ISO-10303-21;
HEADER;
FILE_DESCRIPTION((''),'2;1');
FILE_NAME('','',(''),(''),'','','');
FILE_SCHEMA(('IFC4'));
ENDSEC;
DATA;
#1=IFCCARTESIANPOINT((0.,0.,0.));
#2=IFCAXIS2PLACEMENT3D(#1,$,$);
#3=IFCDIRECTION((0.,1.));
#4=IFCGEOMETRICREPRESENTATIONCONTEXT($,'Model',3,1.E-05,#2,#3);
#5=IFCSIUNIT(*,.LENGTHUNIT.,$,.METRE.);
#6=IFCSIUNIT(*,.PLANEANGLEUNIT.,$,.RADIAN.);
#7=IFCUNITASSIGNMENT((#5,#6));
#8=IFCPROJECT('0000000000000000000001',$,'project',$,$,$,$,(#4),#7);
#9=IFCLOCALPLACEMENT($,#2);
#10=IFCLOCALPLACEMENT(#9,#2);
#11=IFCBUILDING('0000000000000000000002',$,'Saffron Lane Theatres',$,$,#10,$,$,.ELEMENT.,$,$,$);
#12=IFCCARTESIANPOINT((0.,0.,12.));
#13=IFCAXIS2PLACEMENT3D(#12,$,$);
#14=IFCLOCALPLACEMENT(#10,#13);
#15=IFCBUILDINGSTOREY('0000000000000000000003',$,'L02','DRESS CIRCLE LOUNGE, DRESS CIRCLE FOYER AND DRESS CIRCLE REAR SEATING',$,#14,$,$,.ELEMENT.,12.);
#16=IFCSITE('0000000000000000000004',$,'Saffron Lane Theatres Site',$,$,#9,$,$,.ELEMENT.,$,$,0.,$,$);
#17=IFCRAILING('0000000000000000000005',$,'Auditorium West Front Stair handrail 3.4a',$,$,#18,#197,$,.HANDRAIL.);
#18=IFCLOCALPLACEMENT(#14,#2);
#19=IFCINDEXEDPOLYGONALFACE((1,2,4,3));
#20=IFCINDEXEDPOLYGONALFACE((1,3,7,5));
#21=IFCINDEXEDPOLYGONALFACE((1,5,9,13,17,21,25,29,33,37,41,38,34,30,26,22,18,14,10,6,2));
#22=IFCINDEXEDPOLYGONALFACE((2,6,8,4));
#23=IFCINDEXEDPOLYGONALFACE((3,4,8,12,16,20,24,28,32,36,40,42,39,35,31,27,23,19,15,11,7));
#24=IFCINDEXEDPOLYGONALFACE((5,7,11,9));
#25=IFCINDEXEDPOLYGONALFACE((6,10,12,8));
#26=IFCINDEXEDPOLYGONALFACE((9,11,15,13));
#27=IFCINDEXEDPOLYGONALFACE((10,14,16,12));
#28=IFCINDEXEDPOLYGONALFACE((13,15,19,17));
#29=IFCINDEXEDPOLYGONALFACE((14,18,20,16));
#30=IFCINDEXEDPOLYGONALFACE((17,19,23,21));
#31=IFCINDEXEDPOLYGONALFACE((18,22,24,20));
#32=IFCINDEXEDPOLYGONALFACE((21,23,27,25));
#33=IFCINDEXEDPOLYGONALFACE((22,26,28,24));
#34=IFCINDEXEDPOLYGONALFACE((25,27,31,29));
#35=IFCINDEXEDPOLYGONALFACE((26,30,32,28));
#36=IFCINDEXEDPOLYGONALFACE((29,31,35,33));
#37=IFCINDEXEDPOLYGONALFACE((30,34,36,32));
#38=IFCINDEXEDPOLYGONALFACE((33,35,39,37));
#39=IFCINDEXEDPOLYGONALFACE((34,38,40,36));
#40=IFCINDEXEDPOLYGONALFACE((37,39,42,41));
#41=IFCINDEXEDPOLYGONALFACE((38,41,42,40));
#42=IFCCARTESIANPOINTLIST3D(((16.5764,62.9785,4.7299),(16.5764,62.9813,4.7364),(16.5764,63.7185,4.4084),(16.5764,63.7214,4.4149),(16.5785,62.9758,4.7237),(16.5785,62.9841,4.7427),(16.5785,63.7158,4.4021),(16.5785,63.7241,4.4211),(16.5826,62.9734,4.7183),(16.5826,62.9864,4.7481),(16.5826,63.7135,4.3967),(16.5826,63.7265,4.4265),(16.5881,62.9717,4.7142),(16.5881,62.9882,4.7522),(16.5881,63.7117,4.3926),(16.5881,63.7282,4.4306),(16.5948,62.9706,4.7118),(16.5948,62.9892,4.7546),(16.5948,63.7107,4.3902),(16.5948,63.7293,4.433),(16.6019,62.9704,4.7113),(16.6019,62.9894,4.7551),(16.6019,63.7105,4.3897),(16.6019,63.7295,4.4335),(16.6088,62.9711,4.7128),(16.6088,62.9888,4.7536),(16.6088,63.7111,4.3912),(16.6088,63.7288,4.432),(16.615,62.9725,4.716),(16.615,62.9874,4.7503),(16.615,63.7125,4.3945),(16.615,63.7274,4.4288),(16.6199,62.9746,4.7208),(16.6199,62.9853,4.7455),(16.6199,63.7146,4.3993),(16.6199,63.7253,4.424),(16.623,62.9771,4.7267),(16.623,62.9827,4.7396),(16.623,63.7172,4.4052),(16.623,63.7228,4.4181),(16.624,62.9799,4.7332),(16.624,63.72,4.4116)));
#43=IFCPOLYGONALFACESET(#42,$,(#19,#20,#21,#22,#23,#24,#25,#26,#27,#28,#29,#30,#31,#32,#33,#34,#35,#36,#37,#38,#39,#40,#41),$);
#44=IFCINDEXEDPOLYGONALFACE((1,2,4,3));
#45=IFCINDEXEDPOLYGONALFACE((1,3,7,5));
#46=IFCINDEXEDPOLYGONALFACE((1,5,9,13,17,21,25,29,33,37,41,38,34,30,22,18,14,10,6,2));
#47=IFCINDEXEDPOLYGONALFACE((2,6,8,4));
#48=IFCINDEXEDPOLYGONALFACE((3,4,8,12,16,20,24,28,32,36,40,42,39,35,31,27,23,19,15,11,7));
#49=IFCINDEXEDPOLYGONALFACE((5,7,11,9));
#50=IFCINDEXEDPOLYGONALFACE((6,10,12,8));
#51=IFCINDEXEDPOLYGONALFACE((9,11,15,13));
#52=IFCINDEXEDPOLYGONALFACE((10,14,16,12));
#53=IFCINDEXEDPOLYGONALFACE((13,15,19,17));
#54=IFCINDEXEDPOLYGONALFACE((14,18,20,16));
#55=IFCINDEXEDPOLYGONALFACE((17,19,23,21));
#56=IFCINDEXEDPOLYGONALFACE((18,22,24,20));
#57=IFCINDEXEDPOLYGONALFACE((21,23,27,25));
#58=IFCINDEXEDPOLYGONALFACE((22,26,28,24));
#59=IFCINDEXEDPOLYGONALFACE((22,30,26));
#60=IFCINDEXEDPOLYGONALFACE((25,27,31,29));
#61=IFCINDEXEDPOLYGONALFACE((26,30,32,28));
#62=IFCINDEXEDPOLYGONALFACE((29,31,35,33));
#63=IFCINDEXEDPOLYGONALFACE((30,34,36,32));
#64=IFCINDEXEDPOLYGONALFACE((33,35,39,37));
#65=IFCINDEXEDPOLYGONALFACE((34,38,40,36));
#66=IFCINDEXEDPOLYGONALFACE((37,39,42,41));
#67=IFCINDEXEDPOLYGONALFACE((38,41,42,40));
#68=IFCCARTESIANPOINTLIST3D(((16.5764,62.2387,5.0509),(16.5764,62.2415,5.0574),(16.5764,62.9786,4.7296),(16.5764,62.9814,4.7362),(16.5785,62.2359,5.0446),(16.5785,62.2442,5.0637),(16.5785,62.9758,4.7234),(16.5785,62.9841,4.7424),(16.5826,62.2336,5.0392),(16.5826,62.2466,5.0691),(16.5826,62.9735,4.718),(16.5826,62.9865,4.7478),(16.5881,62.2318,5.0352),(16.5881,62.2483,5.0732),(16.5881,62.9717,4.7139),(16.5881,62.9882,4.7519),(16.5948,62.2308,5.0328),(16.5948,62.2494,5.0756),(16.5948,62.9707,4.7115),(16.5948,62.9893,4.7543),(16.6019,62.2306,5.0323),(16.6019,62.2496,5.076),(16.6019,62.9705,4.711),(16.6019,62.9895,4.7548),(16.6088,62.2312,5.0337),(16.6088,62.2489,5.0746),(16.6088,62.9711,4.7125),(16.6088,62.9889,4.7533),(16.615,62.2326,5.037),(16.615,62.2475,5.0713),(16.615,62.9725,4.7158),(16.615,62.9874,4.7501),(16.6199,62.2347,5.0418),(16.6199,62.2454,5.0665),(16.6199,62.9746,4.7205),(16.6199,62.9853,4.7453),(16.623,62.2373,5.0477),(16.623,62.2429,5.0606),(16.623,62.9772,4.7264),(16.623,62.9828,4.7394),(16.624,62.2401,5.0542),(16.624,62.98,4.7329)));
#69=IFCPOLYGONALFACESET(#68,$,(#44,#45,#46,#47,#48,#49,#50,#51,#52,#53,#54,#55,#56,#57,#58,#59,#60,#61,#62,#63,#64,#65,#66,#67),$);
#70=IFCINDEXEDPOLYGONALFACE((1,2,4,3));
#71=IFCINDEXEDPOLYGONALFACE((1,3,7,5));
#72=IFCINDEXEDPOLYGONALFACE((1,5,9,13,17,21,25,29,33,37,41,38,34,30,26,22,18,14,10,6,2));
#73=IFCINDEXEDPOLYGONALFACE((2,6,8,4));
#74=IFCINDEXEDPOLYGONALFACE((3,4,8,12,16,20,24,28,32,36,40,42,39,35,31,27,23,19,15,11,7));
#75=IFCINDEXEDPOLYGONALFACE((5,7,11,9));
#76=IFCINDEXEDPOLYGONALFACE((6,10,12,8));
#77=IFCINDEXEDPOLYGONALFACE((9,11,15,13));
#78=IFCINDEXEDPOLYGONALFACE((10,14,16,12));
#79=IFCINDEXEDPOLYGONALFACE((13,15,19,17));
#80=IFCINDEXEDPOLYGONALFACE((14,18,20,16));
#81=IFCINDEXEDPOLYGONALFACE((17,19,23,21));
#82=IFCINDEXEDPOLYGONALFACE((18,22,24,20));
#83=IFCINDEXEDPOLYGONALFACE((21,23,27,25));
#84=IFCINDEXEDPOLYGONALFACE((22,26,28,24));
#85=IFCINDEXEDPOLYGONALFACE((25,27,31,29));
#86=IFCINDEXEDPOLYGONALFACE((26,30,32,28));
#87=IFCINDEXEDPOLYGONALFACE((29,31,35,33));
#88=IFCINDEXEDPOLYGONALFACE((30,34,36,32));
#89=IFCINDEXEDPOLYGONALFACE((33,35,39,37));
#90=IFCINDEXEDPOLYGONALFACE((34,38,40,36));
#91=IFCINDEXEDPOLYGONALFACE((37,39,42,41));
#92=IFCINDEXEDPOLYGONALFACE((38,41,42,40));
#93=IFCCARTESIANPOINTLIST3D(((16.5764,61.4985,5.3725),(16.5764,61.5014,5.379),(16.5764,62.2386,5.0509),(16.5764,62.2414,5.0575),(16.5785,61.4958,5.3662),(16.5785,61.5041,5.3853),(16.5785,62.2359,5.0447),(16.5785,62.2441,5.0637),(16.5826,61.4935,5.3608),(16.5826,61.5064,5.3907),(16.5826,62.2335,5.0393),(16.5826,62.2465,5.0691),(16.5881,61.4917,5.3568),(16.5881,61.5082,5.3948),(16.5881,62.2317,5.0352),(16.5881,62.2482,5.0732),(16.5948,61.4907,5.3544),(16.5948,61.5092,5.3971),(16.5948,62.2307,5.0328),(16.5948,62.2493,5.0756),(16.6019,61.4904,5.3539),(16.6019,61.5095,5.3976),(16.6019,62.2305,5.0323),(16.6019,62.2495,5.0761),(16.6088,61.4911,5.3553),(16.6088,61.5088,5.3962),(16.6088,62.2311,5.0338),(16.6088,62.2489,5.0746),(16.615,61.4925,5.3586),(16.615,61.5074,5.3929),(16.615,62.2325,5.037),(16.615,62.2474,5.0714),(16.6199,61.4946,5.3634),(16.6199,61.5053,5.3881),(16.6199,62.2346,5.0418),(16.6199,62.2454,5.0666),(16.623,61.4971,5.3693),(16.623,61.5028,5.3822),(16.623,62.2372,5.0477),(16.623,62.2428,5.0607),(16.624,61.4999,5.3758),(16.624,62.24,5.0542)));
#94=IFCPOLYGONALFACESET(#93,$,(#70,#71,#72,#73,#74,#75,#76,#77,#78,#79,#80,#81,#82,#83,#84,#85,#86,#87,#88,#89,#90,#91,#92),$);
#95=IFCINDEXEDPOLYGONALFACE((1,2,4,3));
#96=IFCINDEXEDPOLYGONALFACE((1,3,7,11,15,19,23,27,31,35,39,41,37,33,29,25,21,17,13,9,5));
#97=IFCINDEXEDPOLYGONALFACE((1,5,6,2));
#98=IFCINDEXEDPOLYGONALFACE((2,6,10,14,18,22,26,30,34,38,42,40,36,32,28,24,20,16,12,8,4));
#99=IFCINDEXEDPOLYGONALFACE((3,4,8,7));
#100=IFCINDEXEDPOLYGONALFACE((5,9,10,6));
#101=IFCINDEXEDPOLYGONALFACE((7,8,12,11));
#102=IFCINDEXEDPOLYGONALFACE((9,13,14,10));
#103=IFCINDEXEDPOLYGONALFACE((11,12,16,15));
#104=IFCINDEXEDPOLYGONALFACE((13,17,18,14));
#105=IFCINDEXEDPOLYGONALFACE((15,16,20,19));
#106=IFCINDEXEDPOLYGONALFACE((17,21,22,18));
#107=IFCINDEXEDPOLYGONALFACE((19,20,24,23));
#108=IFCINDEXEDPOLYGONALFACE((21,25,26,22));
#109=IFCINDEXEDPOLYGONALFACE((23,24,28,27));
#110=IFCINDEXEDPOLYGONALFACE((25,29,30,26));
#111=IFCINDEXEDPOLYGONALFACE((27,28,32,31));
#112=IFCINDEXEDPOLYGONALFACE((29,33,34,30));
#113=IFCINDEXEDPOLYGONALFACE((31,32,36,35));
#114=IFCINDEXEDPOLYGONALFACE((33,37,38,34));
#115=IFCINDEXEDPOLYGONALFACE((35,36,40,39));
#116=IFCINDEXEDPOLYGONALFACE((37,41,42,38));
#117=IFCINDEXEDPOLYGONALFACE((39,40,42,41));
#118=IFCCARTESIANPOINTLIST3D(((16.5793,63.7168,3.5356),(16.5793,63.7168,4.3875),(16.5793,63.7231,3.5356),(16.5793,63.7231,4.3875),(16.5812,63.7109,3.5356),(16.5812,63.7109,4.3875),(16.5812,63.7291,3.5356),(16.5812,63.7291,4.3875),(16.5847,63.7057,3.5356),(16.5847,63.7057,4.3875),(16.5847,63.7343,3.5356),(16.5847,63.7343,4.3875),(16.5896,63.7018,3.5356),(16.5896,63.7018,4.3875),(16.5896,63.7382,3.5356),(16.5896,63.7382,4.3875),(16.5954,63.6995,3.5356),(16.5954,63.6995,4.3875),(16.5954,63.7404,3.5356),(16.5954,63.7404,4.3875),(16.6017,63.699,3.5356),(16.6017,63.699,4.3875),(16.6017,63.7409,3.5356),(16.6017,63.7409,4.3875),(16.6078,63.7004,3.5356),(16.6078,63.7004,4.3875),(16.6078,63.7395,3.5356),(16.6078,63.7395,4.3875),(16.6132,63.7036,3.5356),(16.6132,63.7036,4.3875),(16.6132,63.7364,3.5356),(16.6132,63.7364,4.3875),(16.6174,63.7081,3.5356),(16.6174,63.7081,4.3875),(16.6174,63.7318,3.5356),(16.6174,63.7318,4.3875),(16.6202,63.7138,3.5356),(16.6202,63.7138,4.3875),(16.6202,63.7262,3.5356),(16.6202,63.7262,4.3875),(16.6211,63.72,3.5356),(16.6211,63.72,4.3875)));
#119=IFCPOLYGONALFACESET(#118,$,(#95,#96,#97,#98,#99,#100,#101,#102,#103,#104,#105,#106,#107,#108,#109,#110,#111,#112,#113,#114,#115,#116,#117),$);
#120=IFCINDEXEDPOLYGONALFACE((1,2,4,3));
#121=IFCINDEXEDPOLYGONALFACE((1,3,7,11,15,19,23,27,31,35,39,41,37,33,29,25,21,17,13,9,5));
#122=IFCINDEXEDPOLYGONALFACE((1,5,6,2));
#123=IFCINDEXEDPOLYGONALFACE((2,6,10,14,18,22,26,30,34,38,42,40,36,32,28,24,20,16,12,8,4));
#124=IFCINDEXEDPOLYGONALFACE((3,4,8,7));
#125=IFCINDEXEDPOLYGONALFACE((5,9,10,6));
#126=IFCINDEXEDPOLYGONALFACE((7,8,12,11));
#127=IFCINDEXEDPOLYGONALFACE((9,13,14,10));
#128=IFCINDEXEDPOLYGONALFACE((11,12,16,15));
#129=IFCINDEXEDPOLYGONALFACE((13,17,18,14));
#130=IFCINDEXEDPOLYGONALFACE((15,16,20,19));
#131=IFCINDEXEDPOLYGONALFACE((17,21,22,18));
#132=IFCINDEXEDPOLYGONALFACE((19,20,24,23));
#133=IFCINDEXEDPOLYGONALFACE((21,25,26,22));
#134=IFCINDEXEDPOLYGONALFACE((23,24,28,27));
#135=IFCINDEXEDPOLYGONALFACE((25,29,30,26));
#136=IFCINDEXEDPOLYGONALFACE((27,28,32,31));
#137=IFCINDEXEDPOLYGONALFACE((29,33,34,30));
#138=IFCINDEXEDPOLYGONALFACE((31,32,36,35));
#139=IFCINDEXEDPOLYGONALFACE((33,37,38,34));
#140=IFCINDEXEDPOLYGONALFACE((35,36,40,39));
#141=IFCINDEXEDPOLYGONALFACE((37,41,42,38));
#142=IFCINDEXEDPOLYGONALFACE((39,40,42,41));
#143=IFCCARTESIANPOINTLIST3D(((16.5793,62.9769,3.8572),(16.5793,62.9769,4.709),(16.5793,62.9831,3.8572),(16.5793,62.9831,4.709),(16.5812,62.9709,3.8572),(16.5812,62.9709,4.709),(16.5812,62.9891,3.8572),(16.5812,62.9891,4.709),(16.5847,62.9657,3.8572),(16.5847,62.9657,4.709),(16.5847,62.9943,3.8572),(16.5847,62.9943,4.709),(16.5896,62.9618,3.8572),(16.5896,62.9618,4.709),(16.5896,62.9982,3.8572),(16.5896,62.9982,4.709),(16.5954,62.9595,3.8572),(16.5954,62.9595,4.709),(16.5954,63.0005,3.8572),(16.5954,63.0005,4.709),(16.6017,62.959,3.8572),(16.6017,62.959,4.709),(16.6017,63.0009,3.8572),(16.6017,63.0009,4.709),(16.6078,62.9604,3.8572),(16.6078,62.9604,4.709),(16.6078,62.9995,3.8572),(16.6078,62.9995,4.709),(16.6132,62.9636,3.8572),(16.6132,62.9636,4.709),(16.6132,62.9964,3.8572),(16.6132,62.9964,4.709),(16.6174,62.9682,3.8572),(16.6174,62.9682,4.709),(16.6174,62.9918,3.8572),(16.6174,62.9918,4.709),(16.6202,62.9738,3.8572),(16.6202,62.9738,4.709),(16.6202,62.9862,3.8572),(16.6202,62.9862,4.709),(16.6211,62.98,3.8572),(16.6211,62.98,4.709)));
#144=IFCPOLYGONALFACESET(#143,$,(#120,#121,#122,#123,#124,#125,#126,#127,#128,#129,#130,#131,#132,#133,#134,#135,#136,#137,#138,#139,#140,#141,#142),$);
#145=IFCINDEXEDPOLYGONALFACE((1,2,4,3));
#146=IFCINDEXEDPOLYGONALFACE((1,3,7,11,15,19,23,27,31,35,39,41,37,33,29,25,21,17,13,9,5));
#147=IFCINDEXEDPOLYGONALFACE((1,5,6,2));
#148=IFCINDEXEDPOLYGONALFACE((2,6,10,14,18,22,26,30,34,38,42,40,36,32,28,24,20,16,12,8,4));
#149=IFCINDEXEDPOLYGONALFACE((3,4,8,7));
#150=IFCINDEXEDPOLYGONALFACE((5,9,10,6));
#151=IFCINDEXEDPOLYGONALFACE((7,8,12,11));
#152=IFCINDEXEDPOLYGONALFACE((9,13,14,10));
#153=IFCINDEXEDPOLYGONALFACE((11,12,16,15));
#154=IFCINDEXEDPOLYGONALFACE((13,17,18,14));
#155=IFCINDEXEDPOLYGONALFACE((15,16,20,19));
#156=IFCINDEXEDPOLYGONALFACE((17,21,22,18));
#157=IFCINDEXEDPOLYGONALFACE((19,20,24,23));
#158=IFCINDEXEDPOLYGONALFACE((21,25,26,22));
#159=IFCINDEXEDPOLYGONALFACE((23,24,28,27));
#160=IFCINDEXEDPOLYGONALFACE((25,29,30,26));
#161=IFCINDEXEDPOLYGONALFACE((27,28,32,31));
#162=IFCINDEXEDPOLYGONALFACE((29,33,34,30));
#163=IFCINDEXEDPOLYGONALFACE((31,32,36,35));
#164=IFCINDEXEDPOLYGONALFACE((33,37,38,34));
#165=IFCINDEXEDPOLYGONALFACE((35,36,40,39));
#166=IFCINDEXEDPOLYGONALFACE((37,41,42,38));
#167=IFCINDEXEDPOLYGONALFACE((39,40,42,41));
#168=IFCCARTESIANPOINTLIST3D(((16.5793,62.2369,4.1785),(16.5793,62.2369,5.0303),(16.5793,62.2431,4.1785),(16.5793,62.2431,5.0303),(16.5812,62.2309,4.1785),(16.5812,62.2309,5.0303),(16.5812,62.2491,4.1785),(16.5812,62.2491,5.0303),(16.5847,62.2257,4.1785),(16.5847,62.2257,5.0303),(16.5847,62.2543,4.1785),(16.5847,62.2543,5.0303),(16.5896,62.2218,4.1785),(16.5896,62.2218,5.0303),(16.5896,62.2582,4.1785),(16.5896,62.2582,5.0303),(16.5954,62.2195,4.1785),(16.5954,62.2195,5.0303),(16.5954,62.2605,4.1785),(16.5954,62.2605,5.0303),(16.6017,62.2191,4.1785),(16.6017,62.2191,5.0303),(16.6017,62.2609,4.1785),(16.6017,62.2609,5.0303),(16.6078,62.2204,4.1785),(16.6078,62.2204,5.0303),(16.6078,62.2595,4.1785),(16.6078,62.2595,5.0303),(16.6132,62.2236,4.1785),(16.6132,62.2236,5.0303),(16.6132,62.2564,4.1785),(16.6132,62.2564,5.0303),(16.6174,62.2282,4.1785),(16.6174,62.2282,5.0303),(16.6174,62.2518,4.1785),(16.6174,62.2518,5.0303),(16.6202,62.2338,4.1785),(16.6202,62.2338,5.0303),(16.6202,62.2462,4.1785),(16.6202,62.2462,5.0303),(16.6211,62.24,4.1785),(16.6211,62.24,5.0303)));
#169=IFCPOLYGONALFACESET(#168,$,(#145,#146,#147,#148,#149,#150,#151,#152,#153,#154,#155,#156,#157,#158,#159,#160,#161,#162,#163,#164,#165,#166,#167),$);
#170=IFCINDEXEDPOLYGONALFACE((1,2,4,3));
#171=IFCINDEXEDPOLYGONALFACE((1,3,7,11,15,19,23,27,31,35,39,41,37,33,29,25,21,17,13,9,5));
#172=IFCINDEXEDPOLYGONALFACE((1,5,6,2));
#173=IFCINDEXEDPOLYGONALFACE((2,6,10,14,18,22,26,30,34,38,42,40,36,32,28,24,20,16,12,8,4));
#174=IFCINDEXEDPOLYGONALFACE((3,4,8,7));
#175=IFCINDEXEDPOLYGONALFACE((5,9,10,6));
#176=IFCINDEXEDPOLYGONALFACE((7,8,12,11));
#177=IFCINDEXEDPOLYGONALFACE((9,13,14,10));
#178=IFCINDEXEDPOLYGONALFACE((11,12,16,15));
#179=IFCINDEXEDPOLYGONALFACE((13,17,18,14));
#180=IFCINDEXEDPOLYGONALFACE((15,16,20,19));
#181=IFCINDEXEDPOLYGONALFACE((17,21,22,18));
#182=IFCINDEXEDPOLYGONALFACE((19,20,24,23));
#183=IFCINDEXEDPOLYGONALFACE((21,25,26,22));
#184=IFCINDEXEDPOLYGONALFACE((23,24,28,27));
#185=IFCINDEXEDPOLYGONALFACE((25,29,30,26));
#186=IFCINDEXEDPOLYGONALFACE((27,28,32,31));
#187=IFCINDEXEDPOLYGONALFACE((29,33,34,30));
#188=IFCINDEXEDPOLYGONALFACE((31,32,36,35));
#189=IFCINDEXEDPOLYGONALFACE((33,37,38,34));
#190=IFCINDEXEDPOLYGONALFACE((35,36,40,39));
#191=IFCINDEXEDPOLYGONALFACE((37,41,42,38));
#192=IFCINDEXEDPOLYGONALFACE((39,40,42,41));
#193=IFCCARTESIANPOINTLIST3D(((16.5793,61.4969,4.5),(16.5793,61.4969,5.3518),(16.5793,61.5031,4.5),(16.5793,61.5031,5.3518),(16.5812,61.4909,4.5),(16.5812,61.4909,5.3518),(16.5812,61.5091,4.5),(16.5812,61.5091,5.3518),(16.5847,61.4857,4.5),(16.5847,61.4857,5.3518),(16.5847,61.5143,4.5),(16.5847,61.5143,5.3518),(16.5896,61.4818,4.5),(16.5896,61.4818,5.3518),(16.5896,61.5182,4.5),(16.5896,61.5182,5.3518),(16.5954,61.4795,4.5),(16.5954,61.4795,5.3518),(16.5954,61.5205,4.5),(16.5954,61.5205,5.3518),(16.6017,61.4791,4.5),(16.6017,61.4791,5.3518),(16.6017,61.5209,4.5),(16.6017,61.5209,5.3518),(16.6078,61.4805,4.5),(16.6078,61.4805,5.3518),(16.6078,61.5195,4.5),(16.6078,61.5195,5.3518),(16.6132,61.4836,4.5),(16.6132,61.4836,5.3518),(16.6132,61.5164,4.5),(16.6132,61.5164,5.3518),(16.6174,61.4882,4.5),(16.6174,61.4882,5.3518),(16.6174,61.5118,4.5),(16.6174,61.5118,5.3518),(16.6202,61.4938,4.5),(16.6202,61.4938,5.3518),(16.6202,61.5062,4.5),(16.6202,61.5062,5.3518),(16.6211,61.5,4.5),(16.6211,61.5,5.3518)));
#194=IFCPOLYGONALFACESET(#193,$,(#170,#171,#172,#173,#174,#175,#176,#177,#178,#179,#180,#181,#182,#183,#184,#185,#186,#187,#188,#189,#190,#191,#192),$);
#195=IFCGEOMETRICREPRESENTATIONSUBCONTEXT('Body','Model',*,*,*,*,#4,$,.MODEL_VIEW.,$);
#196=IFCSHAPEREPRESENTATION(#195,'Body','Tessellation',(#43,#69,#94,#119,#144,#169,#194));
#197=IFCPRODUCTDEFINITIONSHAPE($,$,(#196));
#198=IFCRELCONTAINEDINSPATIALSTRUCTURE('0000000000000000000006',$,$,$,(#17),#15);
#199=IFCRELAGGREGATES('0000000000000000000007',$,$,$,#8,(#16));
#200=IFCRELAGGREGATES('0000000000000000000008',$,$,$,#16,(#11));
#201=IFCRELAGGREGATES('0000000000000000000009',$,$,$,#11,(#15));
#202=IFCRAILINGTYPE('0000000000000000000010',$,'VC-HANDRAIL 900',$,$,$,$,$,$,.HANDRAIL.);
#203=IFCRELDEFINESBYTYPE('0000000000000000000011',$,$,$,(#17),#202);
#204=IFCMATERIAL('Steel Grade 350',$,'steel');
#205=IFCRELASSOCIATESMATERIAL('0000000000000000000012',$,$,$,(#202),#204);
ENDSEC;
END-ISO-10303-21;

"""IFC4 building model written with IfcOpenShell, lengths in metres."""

from ifc_helpers import new_model, si_unit, direction, frame, origin, origin_2d, place, context, subcontext, project, spatial, circle, extrude, material, type_object, element, save


model = new_model("IFC4")

# Units and contexts
model_context = context("Model", 3, precision=1e-05, world=origin(), true_north=direction((0.0, 1.0)))
body_context = subcontext(model_context, "Body", "Model", "MODEL_VIEW")
ifc_project = project(units=[si_unit("LENGTHUNIT", "METRE"), si_unit("PLANEANGLEUNIT", "RADIAN")], contexts=[model_context])

# Site, building, storey
site_placement = place(None, origin())
site = spatial("IfcSite", under=ifc_project, at=site_placement, Name="Saffron Lane Theatres Site", CompositionType="ELEMENT", RefElevation=0.0)
building_placement = place(site_placement, origin())
building = spatial("IfcBuilding", under=site, at=building_placement, Name="Saffron Lane Theatres", CompositionType="ELEMENT")
storey_placement = place(building_placement, frame((0.0, 0.0, 12.0)))
storey = spatial("IfcBuildingStorey", under=building, at=storey_placement, Name="L02", Description="DRESS CIRCLE LOUNGE, DRESS CIRCLE FOYER AND DRESS CIRCLE REAR SEATING", CompositionType="ELEMENT", Elevation=12.0)

# Railing
ifc_material_1 = material(Name="Steel Grade 350", Category="steel")
railing_type_1 = type_object("IfcRailingType", Name="VC-HANDRAIL 900", PredefinedType="HANDRAIL", material=ifc_material_1)
for number, where, name in (
    (1, (16.6001, 63.72, 3.5356), "Auditorium West Front Stair handrail 3.4a"),
):
    element("IfcRailing", number, at=place(storey_placement, frame(where)), inside=storey, type_object=railing_type_1, Name=name, PredefinedType="HANDRAIL", context=body_context, shape_type="SweptSolid", body=[
        extrude(circle(Radius=0.0239, at=origin_2d()), frame((0.0, 0.0, 0.876), z_axis=(0.0, -0.917161, 0.398516), x_axis=(1.0, 0.0, 0.0)), (0.0, 0.0, 1.0), 0.8069),
        extrude(circle(Radius=0.0239, at=origin_2d()), frame((0.0, -0.74, 1.1973), z_axis=(0.0, -0.917272, 0.398261), x_axis=(1.0, 0.0, 0.0)), (0.0, 0.0, 1.0), 0.8066),
        extrude(circle(Radius=0.0239, at=origin_2d()), frame((0.0, -1.48, 1.5186), z_axis=(0.0, -0.917161, 0.398516), x_axis=(1.0, 0.0, 0.0)), (0.0, 0.0, 1.0), 0.8069),
        extrude(circle(Radius=0.021, at=origin_2d()), origin(), (0.0, 0.0, 1.0), 0.8518),
        extrude(circle(Radius=0.021, at=origin_2d()), frame((0.0, -0.74, 0.3215)), (0.0, 0.0, 1.0), 0.8518),
        extrude(circle(Radius=0.021, at=origin_2d()), frame((0.0, -1.48, 0.6428)), (0.0, 0.0, 1.0), 0.8518),
        extrude(circle(Radius=0.021, at=origin_2d()), frame((0.0, -2.22, 0.9644)), (0.0, 0.0, 1.0), 0.8518),
    ])

save(model, "model.ifc")
